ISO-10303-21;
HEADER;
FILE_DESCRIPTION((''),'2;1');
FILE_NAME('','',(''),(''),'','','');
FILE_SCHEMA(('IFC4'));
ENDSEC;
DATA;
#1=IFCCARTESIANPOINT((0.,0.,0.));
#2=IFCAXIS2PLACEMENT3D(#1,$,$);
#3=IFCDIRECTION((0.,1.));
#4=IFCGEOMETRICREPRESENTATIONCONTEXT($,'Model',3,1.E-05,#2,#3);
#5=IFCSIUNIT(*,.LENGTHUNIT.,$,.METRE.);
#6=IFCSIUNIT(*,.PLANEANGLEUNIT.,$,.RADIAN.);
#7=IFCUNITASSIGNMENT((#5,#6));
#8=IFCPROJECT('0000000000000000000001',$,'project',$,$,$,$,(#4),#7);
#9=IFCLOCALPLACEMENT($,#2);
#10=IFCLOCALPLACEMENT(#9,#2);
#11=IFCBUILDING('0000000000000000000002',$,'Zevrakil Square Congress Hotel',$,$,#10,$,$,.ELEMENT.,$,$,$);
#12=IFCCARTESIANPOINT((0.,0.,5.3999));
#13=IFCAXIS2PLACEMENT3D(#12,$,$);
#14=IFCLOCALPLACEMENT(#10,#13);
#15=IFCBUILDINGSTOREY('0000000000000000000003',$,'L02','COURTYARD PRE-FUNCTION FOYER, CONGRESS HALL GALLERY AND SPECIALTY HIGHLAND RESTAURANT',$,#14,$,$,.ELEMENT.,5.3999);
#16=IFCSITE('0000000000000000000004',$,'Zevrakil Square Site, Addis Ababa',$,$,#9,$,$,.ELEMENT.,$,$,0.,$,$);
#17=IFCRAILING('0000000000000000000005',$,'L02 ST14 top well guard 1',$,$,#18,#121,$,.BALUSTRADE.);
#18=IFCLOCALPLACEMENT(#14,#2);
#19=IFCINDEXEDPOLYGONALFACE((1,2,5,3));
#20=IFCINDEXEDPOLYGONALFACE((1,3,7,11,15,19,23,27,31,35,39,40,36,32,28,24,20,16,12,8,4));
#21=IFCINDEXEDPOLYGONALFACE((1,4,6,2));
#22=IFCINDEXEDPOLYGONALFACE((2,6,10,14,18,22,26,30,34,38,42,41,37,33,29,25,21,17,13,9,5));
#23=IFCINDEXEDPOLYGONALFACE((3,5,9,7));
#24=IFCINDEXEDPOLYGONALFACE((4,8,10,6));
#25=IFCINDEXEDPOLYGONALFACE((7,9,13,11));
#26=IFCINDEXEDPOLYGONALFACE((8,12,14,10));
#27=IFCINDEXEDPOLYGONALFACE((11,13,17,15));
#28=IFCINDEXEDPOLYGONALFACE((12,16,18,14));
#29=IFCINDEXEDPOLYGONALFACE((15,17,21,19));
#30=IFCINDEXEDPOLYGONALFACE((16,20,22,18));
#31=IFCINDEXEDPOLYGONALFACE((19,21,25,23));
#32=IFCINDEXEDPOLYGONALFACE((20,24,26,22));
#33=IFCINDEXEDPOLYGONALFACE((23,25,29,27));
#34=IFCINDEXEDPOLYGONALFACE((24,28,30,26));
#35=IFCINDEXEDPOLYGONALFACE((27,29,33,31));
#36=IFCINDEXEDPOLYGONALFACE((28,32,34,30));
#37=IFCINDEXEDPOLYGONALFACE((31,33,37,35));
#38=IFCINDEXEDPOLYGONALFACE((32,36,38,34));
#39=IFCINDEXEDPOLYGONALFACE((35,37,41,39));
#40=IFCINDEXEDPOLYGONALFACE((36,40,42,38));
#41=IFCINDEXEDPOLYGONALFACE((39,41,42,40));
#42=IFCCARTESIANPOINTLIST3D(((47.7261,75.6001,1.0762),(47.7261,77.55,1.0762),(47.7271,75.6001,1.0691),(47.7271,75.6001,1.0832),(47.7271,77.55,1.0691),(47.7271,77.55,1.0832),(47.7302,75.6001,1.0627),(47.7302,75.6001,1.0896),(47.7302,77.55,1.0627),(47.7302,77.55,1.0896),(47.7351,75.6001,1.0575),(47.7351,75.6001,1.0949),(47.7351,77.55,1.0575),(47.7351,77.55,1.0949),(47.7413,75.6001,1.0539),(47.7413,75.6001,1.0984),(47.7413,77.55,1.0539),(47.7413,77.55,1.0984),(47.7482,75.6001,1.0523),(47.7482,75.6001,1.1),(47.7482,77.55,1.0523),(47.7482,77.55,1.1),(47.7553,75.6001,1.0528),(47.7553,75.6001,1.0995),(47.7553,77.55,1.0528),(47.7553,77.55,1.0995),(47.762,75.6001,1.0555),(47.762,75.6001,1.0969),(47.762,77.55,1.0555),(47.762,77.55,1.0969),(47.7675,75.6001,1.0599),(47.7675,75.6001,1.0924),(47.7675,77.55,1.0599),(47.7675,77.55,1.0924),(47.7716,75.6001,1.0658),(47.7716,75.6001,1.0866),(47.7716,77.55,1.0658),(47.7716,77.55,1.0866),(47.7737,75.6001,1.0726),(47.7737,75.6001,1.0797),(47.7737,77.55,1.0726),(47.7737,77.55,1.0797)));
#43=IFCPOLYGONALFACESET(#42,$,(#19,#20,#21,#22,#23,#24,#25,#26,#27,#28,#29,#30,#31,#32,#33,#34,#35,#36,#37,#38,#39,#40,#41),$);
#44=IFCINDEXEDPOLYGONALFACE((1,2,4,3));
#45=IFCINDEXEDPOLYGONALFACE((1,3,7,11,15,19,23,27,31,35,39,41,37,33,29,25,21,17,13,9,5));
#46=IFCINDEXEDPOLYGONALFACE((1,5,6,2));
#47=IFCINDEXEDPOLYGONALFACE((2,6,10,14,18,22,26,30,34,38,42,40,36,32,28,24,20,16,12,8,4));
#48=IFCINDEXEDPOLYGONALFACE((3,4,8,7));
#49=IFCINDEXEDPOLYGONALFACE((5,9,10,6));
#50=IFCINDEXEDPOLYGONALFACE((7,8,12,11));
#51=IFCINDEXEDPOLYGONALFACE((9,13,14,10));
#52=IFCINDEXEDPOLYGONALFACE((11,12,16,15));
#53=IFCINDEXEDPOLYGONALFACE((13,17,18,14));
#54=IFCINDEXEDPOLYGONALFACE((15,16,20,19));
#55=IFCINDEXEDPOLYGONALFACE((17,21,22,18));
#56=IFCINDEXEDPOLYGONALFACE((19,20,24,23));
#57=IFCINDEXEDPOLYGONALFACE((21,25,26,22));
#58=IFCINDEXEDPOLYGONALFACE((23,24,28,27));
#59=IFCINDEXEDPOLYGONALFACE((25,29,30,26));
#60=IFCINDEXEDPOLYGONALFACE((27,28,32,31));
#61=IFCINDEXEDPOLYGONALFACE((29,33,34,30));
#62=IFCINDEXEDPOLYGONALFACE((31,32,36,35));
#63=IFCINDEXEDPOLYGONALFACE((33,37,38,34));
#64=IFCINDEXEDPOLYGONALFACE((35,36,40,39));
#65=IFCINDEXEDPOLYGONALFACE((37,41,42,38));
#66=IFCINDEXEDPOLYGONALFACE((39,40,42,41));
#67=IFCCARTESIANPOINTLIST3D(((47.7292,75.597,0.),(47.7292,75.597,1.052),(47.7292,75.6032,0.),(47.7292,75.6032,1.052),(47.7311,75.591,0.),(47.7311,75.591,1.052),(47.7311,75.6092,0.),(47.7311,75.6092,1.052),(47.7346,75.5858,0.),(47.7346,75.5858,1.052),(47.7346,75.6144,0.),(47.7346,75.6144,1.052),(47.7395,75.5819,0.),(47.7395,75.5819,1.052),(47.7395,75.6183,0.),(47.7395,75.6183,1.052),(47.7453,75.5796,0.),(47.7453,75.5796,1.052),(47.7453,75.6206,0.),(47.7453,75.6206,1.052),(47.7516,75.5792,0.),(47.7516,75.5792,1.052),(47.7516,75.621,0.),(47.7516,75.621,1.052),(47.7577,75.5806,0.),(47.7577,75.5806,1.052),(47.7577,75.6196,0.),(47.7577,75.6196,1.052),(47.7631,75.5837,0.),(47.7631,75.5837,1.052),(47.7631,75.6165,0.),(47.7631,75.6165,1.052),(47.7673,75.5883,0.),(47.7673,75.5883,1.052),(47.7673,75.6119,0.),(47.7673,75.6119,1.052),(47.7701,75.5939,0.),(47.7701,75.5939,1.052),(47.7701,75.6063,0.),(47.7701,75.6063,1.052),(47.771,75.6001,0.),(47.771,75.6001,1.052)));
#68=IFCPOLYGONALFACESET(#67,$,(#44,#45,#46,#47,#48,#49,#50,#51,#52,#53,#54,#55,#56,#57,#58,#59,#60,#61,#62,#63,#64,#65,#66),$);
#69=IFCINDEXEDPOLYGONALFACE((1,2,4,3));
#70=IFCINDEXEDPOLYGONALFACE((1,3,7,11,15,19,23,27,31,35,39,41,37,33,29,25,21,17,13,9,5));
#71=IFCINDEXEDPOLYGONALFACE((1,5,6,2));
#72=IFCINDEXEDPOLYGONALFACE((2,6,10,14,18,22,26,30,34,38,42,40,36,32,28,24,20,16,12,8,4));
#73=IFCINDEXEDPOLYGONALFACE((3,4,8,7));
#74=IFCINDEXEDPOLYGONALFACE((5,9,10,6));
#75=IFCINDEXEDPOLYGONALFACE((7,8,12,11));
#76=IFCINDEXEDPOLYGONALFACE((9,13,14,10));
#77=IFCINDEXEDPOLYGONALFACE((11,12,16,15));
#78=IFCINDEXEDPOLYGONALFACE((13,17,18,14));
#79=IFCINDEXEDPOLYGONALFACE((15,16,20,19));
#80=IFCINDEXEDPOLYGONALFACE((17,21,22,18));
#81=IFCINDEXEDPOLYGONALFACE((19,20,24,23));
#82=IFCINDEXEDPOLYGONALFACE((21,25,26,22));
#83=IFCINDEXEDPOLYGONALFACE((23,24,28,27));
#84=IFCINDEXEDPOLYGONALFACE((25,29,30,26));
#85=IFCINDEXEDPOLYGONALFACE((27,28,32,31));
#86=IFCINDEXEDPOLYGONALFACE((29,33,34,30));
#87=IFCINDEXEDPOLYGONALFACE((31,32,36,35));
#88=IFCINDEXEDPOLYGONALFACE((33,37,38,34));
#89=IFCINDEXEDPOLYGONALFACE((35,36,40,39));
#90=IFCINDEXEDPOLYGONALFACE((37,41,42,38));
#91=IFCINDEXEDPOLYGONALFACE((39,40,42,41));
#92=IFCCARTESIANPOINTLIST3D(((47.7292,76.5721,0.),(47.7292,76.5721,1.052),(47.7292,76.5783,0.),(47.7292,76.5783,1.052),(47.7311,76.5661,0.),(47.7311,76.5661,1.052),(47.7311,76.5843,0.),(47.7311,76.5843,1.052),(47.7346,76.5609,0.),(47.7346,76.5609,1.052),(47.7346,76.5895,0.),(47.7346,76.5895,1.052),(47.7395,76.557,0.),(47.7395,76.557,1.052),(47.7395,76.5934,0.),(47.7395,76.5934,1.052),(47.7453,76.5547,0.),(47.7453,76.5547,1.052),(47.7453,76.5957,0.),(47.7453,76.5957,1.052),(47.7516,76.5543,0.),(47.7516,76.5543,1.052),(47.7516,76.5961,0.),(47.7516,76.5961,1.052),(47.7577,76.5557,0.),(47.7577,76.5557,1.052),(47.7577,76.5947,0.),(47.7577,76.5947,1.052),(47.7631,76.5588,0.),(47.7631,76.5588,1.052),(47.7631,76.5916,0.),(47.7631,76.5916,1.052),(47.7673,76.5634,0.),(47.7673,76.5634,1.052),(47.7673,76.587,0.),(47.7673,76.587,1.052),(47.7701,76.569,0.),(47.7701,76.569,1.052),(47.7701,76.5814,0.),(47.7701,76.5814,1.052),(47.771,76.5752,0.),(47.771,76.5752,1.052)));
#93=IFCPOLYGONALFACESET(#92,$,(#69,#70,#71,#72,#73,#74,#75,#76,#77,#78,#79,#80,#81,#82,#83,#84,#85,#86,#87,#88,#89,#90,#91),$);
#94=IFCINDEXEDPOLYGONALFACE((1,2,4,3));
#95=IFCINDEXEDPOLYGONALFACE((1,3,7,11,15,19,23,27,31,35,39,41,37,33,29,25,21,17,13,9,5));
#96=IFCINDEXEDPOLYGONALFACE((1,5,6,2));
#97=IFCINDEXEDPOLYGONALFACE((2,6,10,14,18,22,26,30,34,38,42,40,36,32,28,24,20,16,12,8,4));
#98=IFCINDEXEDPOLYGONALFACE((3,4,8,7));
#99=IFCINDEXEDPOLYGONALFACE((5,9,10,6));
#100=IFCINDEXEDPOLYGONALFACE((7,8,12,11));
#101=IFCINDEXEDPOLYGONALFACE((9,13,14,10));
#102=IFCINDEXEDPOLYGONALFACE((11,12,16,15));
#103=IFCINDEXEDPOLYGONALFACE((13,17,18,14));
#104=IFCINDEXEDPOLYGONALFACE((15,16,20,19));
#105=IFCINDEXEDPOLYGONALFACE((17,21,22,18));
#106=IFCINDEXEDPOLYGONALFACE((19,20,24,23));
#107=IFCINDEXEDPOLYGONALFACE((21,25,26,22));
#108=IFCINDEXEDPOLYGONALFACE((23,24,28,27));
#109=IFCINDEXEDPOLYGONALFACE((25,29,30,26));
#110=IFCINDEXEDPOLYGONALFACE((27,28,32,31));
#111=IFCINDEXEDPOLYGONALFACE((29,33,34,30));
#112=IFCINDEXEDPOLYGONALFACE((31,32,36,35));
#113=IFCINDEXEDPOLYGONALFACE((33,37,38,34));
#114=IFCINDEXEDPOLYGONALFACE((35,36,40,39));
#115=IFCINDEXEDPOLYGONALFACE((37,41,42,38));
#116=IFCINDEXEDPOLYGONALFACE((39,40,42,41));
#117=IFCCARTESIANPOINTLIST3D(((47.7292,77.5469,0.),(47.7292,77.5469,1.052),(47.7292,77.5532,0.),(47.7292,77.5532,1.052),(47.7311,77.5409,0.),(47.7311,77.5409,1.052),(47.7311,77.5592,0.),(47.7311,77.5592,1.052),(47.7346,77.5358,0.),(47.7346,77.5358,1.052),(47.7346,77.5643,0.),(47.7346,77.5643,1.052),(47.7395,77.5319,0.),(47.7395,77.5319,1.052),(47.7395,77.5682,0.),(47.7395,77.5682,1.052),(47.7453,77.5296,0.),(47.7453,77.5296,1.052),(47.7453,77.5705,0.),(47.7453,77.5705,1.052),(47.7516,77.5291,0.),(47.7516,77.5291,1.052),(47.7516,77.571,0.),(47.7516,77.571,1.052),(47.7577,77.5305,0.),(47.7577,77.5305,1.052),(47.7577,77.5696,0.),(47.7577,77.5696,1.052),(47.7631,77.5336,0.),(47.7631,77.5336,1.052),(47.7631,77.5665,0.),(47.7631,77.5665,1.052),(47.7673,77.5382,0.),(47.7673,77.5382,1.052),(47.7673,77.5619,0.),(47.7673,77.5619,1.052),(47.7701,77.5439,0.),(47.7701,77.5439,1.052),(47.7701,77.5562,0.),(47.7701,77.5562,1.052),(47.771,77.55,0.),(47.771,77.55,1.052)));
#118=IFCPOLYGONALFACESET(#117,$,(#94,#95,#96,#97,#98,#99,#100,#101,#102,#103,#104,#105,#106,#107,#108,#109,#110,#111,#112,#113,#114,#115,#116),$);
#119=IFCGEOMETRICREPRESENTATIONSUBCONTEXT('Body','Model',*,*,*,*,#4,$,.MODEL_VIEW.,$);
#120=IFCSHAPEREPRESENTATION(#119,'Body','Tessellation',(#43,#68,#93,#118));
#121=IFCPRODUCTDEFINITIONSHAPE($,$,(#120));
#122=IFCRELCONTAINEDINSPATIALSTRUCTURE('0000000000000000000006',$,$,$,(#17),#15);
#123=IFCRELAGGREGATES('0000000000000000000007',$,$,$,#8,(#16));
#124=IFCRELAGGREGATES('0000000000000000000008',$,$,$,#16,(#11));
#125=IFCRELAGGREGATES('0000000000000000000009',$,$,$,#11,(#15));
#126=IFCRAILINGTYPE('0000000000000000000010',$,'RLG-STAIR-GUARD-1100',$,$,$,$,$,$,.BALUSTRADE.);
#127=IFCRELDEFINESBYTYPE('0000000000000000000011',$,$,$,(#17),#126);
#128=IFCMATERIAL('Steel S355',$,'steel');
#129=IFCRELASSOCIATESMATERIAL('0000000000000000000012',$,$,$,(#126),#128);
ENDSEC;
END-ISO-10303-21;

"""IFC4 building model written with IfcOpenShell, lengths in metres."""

from ifc_helpers import new_model, si_unit, direction, frame, origin, origin_2d, place, context, subcontext, project, spatial, circle, extrude, material, type_object, element, save


model = new_model("IFC4")

# Units and contexts
model_context = context("Model", 3, precision=1e-05, world=origin(), true_north=direction((0.0, 1.0)))
body_context = subcontext(model_context, "Body", "Model", "MODEL_VIEW")
ifc_project = project(units=[si_unit("LENGTHUNIT", "METRE"), si_unit("PLANEANGLEUNIT", "RADIAN")], contexts=[model_context])

# Site, building, storey
site_placement = place(None, origin())
site = spatial("IfcSite", under=ifc_project, at=site_placement, Name="Zevrakil Square Site, Addis Ababa", CompositionType="ELEMENT", RefElevation=0.0)
building_placement = place(site_placement, origin())
building = spatial("IfcBuilding", under=site, at=building_placement, Name="Zevrakil Square Congress Hotel", CompositionType="ELEMENT")
storey_placement = place(building_placement, frame((0.0, 0.0, 5.3999)))
storey = spatial("IfcBuildingStorey", under=building, at=storey_placement, Name="L02", Description="COURTYARD PRE-FUNCTION FOYER, CONGRESS HALL GALLERY AND SPECIALTY HIGHLAND RESTAURANT", CompositionType="ELEMENT", Elevation=5.3999)

# Railing
ifc_material_1 = material(Name="Steel S355", Category="steel")
railing_type = type_object("IfcRailingType", Name="RLG-STAIR-GUARD-1100", PredefinedType="BALUSTRADE", material=ifc_material_1)
railing_placement = place(storey_placement, frame((47.75, 75.6001, 0.0)))
element("IfcRailing", 1, at=railing_placement, inside=storey, type_object=railing_type, Name="L02 ST14 top well guard 1", PredefinedType="BALUSTRADE", context=body_context, shape_type="SweptSolid", body=[
    extrude(circle(Radius=0.0239, at=origin_2d()), frame((0.0, 0.0, 1.0762), z_axis=(0.0, 1.0, 0.0), x_axis=(-1.0, 0.0, 0.0)), (0.0, 0.0, 1.0), 1.95),
    extrude(circle(Radius=0.021, at=origin_2d()), origin(), (0.0, 0.0, 1.0), 1.052),
    extrude(circle(Radius=0.021, at=origin_2d()), frame((0.0, 0.9751, 0.0)), (0.0, 0.0, 1.0), 1.052),
    extrude(circle(Radius=0.021, at=origin_2d()), frame((0.0, 1.95, 0.0)), (0.0, 0.0, 1.0), 1.052),
])

save(model, "model.ifc")
